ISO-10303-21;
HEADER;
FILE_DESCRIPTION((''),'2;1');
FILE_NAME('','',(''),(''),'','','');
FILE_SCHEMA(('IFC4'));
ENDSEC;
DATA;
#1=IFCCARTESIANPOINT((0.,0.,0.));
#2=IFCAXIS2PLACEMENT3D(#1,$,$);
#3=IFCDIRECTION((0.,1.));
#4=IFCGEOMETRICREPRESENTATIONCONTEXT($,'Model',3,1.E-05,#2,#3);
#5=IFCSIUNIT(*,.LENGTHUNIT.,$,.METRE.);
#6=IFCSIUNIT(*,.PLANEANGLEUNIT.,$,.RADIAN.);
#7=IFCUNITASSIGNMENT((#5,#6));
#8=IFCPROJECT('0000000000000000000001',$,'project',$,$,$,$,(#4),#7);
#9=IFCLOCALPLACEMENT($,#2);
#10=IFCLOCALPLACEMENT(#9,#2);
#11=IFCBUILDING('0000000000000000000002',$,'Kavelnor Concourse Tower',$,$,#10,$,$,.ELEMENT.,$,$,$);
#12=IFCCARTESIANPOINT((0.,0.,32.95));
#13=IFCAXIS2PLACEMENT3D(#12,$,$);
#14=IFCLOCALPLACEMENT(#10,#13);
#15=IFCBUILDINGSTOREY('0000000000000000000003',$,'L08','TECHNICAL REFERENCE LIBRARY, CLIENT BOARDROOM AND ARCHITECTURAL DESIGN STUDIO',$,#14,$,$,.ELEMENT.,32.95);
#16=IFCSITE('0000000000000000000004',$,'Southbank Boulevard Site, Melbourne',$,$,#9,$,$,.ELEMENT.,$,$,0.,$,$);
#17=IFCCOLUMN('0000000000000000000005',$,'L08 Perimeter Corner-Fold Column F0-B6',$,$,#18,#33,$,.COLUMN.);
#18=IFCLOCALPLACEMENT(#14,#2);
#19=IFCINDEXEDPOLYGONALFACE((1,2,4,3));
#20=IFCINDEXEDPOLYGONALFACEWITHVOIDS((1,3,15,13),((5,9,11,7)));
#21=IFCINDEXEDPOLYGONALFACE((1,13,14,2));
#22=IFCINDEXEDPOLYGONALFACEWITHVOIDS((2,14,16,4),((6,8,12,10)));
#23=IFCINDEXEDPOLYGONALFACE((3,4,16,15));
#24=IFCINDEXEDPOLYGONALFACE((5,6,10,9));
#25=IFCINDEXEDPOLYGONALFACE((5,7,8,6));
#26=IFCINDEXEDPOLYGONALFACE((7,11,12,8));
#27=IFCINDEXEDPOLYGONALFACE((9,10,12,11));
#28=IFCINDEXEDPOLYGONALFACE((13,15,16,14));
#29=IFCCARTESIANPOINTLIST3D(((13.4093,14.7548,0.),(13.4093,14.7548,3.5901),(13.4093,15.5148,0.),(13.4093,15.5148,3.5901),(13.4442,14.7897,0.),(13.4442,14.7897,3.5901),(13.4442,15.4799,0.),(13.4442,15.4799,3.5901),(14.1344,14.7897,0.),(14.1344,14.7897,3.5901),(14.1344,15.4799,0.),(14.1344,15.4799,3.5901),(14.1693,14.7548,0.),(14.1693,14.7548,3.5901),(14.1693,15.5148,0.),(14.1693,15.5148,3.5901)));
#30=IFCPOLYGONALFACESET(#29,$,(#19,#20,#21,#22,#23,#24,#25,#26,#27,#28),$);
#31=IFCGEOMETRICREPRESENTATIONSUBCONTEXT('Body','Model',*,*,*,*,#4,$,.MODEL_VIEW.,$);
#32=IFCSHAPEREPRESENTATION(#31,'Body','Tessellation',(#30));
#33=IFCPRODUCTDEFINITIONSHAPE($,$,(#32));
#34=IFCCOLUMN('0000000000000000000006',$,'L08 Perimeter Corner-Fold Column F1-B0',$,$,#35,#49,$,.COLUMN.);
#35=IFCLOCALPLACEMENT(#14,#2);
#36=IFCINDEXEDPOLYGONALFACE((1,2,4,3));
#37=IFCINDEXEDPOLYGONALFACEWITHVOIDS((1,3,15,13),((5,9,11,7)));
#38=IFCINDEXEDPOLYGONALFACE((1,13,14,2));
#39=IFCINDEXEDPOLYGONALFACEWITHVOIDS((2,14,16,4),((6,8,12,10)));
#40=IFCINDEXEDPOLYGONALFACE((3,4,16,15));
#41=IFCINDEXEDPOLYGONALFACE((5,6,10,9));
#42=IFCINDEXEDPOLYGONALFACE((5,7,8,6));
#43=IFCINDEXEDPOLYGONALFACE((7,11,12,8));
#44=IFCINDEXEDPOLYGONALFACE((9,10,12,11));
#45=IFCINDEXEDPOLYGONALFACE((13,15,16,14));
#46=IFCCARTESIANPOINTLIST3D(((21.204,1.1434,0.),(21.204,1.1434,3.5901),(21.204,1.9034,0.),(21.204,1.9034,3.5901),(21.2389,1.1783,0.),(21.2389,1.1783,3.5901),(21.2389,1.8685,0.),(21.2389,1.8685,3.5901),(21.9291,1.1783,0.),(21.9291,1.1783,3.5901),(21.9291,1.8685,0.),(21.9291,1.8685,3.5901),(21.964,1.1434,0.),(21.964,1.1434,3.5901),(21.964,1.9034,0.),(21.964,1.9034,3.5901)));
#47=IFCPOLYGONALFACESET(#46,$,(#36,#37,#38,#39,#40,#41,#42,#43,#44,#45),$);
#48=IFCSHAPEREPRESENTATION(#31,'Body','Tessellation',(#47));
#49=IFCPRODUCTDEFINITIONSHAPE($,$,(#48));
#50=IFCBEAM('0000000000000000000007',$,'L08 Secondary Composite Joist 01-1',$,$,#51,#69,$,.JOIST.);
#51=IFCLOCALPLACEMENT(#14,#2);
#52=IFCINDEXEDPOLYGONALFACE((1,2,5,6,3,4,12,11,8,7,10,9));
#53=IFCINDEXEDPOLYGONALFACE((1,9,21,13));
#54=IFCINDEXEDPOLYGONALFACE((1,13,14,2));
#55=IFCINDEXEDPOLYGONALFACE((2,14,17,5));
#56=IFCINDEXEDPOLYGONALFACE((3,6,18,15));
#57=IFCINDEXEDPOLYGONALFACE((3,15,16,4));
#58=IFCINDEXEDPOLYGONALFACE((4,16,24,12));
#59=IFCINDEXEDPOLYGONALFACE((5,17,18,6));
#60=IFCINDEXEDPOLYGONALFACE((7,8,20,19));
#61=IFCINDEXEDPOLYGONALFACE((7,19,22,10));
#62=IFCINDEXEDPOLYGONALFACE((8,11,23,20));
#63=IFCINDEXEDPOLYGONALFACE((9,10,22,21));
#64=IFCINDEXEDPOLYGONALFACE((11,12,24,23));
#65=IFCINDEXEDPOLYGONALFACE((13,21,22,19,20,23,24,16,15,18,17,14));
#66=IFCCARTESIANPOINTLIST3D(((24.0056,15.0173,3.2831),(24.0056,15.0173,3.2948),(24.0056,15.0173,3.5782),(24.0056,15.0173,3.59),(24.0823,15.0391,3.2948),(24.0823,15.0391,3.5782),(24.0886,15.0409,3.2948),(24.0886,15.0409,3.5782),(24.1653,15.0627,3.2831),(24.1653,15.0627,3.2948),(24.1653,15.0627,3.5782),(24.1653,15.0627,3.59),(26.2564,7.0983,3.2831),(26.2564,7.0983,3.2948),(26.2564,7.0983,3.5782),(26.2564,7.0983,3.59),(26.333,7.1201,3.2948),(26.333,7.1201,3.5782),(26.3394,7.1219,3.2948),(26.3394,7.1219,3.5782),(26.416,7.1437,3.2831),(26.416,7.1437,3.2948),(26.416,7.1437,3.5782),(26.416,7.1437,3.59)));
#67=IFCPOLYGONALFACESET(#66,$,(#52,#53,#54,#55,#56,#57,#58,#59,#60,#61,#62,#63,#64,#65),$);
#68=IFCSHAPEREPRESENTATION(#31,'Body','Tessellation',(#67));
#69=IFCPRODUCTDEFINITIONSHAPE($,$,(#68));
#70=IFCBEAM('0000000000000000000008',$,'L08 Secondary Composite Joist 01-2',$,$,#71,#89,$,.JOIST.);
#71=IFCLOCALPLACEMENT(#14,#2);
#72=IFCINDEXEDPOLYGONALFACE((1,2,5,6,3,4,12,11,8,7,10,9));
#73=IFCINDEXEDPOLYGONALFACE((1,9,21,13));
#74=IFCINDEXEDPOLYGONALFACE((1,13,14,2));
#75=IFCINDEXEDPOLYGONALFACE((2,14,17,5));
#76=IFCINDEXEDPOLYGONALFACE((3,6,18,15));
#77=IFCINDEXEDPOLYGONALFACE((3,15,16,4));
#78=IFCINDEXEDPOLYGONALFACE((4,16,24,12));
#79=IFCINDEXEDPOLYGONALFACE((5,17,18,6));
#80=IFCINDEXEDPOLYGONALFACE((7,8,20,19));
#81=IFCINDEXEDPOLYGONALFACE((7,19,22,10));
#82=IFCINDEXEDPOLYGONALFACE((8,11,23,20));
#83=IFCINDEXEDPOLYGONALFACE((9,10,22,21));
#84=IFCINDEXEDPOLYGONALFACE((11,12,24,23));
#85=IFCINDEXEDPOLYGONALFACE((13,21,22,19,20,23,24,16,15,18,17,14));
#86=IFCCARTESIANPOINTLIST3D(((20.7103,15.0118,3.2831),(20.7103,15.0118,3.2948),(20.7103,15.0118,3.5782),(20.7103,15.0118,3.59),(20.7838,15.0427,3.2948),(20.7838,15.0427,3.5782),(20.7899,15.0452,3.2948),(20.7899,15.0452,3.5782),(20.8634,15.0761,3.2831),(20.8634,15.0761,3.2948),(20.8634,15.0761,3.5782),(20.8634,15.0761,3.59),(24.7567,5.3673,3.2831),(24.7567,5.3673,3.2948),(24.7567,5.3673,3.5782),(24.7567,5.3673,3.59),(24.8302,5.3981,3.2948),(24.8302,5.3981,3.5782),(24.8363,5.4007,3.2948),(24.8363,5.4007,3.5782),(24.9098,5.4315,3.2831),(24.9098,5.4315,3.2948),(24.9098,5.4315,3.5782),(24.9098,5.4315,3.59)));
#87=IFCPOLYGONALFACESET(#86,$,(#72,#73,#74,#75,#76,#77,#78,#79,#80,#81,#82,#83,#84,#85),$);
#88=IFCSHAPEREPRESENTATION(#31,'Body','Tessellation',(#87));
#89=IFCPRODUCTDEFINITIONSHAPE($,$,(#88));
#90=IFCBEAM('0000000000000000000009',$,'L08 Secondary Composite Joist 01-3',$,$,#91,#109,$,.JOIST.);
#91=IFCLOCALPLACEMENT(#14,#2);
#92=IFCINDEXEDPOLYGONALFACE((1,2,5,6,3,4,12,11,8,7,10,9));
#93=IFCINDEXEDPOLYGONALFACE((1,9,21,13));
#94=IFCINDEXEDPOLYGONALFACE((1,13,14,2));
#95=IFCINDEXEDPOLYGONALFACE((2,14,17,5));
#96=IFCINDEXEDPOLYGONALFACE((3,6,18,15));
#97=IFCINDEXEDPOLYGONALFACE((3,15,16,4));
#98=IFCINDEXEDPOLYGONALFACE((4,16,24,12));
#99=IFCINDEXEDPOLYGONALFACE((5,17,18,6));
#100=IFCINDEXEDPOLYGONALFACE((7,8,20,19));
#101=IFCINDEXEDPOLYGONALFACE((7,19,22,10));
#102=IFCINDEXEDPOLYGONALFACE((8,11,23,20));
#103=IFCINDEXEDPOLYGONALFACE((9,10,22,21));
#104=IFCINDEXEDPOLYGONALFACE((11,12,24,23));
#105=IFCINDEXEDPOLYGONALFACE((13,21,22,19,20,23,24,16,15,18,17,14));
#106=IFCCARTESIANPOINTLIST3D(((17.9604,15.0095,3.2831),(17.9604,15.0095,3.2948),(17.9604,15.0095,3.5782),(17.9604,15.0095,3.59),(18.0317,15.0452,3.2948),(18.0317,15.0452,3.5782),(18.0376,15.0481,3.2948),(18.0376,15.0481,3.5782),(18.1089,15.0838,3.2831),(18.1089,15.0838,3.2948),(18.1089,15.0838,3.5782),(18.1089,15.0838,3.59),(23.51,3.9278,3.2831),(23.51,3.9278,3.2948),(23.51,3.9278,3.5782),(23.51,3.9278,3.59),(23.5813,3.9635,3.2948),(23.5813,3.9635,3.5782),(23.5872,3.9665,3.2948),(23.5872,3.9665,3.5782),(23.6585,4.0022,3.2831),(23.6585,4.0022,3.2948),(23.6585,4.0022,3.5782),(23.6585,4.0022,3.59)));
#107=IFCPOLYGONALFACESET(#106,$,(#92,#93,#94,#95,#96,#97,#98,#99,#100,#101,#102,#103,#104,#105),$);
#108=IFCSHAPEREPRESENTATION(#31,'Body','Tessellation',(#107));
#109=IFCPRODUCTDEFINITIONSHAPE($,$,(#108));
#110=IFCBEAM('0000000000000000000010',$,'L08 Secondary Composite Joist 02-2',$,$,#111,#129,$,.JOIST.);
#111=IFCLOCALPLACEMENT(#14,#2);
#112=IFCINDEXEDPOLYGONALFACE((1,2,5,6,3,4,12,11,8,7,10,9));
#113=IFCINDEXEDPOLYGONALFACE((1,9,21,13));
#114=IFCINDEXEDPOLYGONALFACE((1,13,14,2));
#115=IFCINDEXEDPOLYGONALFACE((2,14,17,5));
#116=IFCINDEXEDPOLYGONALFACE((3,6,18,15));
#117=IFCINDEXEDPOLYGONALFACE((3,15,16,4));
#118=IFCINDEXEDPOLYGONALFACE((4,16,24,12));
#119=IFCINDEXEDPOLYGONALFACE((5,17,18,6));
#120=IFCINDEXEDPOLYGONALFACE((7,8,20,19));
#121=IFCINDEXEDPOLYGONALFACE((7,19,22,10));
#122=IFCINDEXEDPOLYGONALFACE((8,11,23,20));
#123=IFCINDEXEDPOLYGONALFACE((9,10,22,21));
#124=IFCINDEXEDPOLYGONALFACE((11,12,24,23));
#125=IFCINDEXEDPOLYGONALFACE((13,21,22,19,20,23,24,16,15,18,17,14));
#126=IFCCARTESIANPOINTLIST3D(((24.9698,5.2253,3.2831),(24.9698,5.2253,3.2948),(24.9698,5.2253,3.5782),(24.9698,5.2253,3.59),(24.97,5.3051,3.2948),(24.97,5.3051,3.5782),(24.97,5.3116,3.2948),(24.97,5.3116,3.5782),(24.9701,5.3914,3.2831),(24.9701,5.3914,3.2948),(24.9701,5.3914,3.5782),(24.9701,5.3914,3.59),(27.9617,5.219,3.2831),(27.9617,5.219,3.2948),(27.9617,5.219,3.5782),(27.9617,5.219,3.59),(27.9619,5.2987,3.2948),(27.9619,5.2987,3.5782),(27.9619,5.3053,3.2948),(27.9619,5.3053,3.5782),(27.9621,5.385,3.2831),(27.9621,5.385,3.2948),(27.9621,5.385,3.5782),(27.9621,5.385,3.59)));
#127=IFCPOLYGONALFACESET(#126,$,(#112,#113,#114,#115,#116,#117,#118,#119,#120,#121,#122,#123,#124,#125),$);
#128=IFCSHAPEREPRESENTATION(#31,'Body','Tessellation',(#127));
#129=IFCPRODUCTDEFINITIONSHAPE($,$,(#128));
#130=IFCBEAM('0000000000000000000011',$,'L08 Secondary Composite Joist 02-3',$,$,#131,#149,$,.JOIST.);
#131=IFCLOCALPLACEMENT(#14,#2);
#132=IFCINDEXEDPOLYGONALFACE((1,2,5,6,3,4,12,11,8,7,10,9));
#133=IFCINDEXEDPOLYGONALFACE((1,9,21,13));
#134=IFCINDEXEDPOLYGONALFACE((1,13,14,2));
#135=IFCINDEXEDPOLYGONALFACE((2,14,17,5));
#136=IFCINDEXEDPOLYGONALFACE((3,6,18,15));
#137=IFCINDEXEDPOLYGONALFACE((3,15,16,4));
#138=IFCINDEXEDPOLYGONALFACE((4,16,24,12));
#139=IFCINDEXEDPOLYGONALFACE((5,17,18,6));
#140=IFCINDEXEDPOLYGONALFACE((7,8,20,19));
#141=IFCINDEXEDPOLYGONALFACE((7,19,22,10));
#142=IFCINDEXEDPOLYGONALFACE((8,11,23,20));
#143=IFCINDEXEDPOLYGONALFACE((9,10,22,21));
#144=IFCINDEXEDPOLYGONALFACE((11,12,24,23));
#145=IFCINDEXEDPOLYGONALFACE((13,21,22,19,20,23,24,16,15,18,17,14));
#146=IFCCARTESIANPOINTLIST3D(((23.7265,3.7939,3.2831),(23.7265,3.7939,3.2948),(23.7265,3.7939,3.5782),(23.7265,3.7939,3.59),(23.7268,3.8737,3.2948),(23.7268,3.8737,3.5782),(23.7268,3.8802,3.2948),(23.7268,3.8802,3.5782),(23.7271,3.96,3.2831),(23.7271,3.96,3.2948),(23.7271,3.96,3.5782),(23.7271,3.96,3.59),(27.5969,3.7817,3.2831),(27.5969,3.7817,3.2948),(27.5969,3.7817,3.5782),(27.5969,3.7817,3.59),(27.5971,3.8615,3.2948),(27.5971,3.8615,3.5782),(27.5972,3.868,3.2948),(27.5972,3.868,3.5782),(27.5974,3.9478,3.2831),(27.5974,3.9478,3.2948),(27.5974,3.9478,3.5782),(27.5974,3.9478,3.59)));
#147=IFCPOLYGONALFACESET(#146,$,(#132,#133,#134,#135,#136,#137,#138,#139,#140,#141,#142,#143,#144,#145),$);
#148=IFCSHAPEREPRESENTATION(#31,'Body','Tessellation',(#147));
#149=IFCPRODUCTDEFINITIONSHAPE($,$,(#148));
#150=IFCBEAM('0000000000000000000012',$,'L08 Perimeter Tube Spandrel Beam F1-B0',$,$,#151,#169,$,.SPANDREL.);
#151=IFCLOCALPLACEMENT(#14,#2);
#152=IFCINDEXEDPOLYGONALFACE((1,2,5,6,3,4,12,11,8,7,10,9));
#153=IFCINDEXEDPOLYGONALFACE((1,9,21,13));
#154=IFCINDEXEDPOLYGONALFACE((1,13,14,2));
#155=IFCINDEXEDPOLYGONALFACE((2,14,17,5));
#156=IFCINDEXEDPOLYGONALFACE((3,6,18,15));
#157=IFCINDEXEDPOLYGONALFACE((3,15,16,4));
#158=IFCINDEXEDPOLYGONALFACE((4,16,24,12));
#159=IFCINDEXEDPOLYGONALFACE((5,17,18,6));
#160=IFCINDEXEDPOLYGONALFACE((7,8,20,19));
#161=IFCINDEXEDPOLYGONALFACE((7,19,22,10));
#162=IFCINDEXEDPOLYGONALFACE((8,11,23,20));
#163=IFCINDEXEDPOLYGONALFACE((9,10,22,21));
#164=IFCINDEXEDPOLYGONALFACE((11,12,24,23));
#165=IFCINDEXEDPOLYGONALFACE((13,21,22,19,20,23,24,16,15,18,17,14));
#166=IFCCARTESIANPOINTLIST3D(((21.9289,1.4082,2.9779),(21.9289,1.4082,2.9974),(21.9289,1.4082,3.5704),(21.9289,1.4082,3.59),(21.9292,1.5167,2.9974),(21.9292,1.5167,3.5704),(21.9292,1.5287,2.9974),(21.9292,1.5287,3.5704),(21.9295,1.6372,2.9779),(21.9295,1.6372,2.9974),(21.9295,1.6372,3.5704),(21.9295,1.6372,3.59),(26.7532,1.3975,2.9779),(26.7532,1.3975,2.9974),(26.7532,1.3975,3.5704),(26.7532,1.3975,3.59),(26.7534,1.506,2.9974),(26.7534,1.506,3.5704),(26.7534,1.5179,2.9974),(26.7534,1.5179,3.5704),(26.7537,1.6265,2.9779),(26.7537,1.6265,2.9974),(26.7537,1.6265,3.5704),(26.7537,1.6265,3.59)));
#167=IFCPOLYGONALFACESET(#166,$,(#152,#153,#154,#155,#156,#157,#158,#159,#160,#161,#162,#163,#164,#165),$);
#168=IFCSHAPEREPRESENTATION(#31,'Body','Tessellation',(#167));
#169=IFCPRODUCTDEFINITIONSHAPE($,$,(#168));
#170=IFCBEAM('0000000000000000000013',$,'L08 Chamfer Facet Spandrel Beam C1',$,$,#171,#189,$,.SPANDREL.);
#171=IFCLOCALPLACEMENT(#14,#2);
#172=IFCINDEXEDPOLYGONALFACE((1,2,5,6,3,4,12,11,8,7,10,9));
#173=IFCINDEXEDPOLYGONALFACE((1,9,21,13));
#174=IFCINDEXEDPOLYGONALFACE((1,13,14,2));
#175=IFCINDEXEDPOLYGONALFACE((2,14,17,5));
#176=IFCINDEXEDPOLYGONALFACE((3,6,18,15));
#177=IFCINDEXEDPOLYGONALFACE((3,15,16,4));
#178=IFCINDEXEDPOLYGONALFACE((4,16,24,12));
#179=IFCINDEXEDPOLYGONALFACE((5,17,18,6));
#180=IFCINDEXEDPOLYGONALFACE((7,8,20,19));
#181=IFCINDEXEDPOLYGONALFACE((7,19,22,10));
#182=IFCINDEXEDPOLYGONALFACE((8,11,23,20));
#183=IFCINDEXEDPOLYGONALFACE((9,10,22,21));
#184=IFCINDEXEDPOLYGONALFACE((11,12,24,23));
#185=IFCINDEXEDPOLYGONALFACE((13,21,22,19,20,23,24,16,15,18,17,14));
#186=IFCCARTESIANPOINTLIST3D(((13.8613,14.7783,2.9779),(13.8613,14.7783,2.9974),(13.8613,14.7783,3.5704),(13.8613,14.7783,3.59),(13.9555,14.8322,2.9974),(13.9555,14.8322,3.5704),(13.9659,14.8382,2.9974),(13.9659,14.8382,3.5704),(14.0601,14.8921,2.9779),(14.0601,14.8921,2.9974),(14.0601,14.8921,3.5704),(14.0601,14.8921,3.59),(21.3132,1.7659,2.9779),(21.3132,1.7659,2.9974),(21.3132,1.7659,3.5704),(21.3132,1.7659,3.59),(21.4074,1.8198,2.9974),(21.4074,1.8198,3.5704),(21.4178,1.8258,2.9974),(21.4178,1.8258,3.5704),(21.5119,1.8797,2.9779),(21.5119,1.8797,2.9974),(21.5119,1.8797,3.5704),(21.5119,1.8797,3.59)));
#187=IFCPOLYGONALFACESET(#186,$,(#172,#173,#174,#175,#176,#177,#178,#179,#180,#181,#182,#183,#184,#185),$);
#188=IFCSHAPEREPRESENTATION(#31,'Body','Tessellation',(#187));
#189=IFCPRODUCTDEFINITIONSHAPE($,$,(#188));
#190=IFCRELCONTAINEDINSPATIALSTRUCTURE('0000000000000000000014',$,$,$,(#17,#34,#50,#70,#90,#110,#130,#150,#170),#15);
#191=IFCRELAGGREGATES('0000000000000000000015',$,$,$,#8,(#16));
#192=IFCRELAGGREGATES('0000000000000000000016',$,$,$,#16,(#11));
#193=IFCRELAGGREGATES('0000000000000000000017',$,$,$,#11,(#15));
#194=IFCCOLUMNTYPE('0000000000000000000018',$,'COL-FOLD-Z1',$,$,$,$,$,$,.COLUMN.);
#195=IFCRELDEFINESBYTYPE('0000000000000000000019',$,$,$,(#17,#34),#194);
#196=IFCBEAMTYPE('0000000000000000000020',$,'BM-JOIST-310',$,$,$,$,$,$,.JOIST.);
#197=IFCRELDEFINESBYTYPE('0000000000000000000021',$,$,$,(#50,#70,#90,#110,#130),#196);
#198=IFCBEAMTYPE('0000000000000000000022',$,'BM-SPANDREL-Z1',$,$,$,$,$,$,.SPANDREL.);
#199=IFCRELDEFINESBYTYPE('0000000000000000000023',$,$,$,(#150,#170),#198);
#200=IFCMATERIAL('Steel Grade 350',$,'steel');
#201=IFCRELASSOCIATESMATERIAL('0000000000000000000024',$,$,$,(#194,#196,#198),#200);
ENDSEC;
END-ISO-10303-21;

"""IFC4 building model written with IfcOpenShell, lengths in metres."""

from ifc_helpers import new_model, si_unit, direction, frame, origin, origin_2d, place, context, subcontext, project, spatial, hollow_rectangle, i_section, extrude, material, material_profile, profile_set, type_object, element, save


model = new_model("IFC4")

# Units and contexts
model_context = context("Model", 3, precision=1e-05, world=origin(), true_north=direction((0.0, 1.0)))
body_context = subcontext(model_context, "Body", "Model", "MODEL_VIEW")
ifc_project = project(units=[si_unit("LENGTHUNIT", "METRE"), si_unit("PLANEANGLEUNIT", "RADIAN")], contexts=[model_context])

# Site, building, storey
site_placement = place(None, origin())
site = spatial("IfcSite", under=ifc_project, at=site_placement, Name="Southbank Boulevard Site, Melbourne", CompositionType="ELEMENT", RefElevation=0.0)
building_placement = place(site_placement, origin())
building = spatial("IfcBuilding", under=site, at=building_placement, Name="Kavelnor Concourse Tower", CompositionType="ELEMENT")
storey_placement = place(building_placement, frame((0.0, 0.0, 32.95)))
storey = spatial("IfcBuildingStorey", under=building, at=storey_placement, Name="L08", Description="TECHNICAL REFERENCE LIBRARY, CLIENT BOARDROOM AND ARCHITECTURAL DESIGN STUDIO", CompositionType="ELEMENT", Elevation=32.95)

# Columns
ifc_material_1 = material(Name="Steel Grade 350", Category="steel")
ifc_material_profile_1 = material_profile(ifc_material_1, hollow_rectangle(XDim=0.76, YDim=0.76, WallThickness=0.0349, at=origin_2d()), Name="SHS 760x760x35")
ifc_profile_set_1 = profile_set([ifc_material_profile_1], Name="Steel Grade 350")
column_type = type_object("IfcColumnType", Name="COL-FOLD-Z1", PredefinedType="COLUMN", material=ifc_profile_set_1)
for number, where, z_axis, x_axis, name in (
    (1, (13.7893, 15.1348, 0.0), (0.0, 0.0, 1.0), (1.0, 0.0, 0.0), "L08 Perimeter Corner-Fold Column F0-B6"),
    (2, (21.584, 1.5234, 0.0), (0.0, 0.0, 1.0), (1.0, 0.0, 0.0), "L08 Perimeter Corner-Fold Column F1-B0"),
):
    element("IfcColumn", number, at=place(storey_placement, frame(where, z_axis=z_axis, x_axis=x_axis)), inside=storey, type_object=column_type, Name=name, PredefinedType="COLUMN", context=body_context, shape_type="SweptSolid", body=[
        extrude(hollow_rectangle(XDim=0.76, YDim=0.76, WallThickness=0.0349, at=origin_2d()), origin(), (0.0, 0.0, 1.0), 3.5901),
    ])

# Beams
ifc_material_profile_2 = material_profile(ifc_material_1, i_section(OverallWidth=0.166, OverallDepth=0.3069, WebThickness=0.0066, FlangeThickness=0.0117, at=origin_2d()), Name="310UB46")
ifc_profile_set_2 = profile_set([ifc_material_profile_2], Name="Steel Grade 350")
beam_type_1 = type_object("IfcBeamType", Name="BM-JOIST-310", PredefinedType="JOIST", material=ifc_profile_set_2)
beam_1_placement = place(storey_placement, frame((24.0854, 15.04, 3.4365), z_axis=(0.273393, -0.961902, 0.0), x_axis=(0.961902, 0.273393, 0.0)))
element("IfcBeam", 3, at=beam_1_placement, inside=storey, type_object=beam_type_1, Name="L08 Secondary Composite Joist 01-1", PredefinedType="JOIST", context=body_context, shape_type="SweptSolid", body=[
    extrude(i_section(OverallWidth=0.166, OverallDepth=0.3069, WebThickness=0.0066, FlangeThickness=0.0117, at=origin_2d()), origin(), (0.0, 0.0, 1.0), 8.2327),
])
beam_2_placement = place(storey_placement, frame((20.7869, 15.0439, 3.4365), z_axis=(0.386882, -0.922129, 0.0), x_axis=(0.922129, 0.386882, 0.0)))
element("IfcBeam", 4, at=beam_2_placement, inside=storey, type_object=beam_type_1, Name="L08 Secondary Composite Joist 01-2", PredefinedType="JOIST", context=body_context, shape_type="SweptSolid", body=[
    extrude(i_section(OverallWidth=0.166, OverallDepth=0.3069, WebThickness=0.0066, FlangeThickness=0.0117, at=origin_2d()), origin(), (0.0, 0.0, 1.0), 10.459),
])
beam_3_placement = place(storey_placement, frame((18.0347, 15.0466, 3.4365), z_axis=(0.447781, -0.894143, 0.0), x_axis=(0.894143, 0.447781, 0.0)))
element("IfcBeam", 5, at=beam_3_placement, inside=storey, type_object=beam_type_1, Name="L08 Secondary Composite Joist 01-3", PredefinedType="JOIST", context=body_context, shape_type="SweptSolid", body=[
    extrude(i_section(OverallWidth=0.166, OverallDepth=0.3069, WebThickness=0.0066, FlangeThickness=0.0117, at=origin_2d()), origin(), (0.0, 0.0, 1.0), 12.3936),
])
beam_4_placement = place(storey_placement, frame((24.97, 5.3083, 3.4365), z_axis=(0.999998, -0.002122, 0.0), x_axis=(0.002122, 0.999998, 0.0)))
element("IfcBeam", 6, at=beam_4_placement, inside=storey, type_object=beam_type_1, Name="L08 Secondary Composite Joist 02-2", PredefinedType="JOIST", context=body_context, shape_type="SweptSolid", body=[
    extrude(i_section(OverallWidth=0.166, OverallDepth=0.3069, WebThickness=0.0066, FlangeThickness=0.0117, at=origin_2d()), origin(), (0.0, 0.0, 1.0), 2.9919),
])
beam_5_placement = place(storey_placement, frame((23.7268, 3.877, 3.4365), z_axis=(0.999995, -0.003154, 0.0), x_axis=(0.003154, 0.999995, 0.0)))
element("IfcBeam", 7, at=beam_5_placement, inside=storey, type_object=beam_type_1, Name="L08 Secondary Composite Joist 02-3", PredefinedType="JOIST", context=body_context, shape_type="SweptSolid", body=[
    extrude(i_section(OverallWidth=0.166, OverallDepth=0.3069, WebThickness=0.0066, FlangeThickness=0.0117, at=origin_2d()), origin(), (0.0, 0.0, 1.0), 3.8704),
])
ifc_material_profile_3 = material_profile(ifc_material_1, i_section(OverallWidth=0.229, OverallDepth=0.6121, WebThickness=0.012, FlangeThickness=0.0195, at=origin_2d()), Name="610UB125")
ifc_profile_set_3 = profile_set([ifc_material_profile_3], Name="Steel Grade 350")
beam_type_2 = type_object("IfcBeamType", Name="BM-SPANDREL-Z1", PredefinedType="SPANDREL", material=ifc_profile_set_3)
beam_6_placement = place(storey_placement, frame((21.9292, 1.5227, 3.2839), z_axis=(0.999998, -0.002227, 0.0), x_axis=(0.002227, 0.999998, 0.0)))
element("IfcBeam", 8, at=beam_6_placement, inside=storey, type_object=beam_type_2, Name="L08 Perimeter Tube Spandrel Beam F1-B0", PredefinedType="SPANDREL", context=body_context, shape_type="SweptSolid", body=[
    extrude(i_section(OverallWidth=0.229, OverallDepth=0.6121, WebThickness=0.012, FlangeThickness=0.0195, at=origin_2d()), origin(), (0.0, 0.0, 1.0), 4.8242),
])
beam_7_placement = place(storey_placement, frame((13.9607, 14.8352, 3.2839), z_axis=(0.496954, -0.867777, 0.0), x_axis=(0.867777, 0.496954, 0.0)))
element("IfcBeam", 9, at=beam_7_placement, inside=storey, type_object=beam_type_2, Name="L08 Chamfer Facet Spandrel Beam C1", PredefinedType="SPANDREL", context=body_context, shape_type="SweptSolid", body=[
    extrude(i_section(OverallWidth=0.229, OverallDepth=0.6121, WebThickness=0.012, FlangeThickness=0.0195, at=origin_2d()), origin(), (0.0, 0.0, 1.0), 14.9951),
])

save(model, "model.ifc")
